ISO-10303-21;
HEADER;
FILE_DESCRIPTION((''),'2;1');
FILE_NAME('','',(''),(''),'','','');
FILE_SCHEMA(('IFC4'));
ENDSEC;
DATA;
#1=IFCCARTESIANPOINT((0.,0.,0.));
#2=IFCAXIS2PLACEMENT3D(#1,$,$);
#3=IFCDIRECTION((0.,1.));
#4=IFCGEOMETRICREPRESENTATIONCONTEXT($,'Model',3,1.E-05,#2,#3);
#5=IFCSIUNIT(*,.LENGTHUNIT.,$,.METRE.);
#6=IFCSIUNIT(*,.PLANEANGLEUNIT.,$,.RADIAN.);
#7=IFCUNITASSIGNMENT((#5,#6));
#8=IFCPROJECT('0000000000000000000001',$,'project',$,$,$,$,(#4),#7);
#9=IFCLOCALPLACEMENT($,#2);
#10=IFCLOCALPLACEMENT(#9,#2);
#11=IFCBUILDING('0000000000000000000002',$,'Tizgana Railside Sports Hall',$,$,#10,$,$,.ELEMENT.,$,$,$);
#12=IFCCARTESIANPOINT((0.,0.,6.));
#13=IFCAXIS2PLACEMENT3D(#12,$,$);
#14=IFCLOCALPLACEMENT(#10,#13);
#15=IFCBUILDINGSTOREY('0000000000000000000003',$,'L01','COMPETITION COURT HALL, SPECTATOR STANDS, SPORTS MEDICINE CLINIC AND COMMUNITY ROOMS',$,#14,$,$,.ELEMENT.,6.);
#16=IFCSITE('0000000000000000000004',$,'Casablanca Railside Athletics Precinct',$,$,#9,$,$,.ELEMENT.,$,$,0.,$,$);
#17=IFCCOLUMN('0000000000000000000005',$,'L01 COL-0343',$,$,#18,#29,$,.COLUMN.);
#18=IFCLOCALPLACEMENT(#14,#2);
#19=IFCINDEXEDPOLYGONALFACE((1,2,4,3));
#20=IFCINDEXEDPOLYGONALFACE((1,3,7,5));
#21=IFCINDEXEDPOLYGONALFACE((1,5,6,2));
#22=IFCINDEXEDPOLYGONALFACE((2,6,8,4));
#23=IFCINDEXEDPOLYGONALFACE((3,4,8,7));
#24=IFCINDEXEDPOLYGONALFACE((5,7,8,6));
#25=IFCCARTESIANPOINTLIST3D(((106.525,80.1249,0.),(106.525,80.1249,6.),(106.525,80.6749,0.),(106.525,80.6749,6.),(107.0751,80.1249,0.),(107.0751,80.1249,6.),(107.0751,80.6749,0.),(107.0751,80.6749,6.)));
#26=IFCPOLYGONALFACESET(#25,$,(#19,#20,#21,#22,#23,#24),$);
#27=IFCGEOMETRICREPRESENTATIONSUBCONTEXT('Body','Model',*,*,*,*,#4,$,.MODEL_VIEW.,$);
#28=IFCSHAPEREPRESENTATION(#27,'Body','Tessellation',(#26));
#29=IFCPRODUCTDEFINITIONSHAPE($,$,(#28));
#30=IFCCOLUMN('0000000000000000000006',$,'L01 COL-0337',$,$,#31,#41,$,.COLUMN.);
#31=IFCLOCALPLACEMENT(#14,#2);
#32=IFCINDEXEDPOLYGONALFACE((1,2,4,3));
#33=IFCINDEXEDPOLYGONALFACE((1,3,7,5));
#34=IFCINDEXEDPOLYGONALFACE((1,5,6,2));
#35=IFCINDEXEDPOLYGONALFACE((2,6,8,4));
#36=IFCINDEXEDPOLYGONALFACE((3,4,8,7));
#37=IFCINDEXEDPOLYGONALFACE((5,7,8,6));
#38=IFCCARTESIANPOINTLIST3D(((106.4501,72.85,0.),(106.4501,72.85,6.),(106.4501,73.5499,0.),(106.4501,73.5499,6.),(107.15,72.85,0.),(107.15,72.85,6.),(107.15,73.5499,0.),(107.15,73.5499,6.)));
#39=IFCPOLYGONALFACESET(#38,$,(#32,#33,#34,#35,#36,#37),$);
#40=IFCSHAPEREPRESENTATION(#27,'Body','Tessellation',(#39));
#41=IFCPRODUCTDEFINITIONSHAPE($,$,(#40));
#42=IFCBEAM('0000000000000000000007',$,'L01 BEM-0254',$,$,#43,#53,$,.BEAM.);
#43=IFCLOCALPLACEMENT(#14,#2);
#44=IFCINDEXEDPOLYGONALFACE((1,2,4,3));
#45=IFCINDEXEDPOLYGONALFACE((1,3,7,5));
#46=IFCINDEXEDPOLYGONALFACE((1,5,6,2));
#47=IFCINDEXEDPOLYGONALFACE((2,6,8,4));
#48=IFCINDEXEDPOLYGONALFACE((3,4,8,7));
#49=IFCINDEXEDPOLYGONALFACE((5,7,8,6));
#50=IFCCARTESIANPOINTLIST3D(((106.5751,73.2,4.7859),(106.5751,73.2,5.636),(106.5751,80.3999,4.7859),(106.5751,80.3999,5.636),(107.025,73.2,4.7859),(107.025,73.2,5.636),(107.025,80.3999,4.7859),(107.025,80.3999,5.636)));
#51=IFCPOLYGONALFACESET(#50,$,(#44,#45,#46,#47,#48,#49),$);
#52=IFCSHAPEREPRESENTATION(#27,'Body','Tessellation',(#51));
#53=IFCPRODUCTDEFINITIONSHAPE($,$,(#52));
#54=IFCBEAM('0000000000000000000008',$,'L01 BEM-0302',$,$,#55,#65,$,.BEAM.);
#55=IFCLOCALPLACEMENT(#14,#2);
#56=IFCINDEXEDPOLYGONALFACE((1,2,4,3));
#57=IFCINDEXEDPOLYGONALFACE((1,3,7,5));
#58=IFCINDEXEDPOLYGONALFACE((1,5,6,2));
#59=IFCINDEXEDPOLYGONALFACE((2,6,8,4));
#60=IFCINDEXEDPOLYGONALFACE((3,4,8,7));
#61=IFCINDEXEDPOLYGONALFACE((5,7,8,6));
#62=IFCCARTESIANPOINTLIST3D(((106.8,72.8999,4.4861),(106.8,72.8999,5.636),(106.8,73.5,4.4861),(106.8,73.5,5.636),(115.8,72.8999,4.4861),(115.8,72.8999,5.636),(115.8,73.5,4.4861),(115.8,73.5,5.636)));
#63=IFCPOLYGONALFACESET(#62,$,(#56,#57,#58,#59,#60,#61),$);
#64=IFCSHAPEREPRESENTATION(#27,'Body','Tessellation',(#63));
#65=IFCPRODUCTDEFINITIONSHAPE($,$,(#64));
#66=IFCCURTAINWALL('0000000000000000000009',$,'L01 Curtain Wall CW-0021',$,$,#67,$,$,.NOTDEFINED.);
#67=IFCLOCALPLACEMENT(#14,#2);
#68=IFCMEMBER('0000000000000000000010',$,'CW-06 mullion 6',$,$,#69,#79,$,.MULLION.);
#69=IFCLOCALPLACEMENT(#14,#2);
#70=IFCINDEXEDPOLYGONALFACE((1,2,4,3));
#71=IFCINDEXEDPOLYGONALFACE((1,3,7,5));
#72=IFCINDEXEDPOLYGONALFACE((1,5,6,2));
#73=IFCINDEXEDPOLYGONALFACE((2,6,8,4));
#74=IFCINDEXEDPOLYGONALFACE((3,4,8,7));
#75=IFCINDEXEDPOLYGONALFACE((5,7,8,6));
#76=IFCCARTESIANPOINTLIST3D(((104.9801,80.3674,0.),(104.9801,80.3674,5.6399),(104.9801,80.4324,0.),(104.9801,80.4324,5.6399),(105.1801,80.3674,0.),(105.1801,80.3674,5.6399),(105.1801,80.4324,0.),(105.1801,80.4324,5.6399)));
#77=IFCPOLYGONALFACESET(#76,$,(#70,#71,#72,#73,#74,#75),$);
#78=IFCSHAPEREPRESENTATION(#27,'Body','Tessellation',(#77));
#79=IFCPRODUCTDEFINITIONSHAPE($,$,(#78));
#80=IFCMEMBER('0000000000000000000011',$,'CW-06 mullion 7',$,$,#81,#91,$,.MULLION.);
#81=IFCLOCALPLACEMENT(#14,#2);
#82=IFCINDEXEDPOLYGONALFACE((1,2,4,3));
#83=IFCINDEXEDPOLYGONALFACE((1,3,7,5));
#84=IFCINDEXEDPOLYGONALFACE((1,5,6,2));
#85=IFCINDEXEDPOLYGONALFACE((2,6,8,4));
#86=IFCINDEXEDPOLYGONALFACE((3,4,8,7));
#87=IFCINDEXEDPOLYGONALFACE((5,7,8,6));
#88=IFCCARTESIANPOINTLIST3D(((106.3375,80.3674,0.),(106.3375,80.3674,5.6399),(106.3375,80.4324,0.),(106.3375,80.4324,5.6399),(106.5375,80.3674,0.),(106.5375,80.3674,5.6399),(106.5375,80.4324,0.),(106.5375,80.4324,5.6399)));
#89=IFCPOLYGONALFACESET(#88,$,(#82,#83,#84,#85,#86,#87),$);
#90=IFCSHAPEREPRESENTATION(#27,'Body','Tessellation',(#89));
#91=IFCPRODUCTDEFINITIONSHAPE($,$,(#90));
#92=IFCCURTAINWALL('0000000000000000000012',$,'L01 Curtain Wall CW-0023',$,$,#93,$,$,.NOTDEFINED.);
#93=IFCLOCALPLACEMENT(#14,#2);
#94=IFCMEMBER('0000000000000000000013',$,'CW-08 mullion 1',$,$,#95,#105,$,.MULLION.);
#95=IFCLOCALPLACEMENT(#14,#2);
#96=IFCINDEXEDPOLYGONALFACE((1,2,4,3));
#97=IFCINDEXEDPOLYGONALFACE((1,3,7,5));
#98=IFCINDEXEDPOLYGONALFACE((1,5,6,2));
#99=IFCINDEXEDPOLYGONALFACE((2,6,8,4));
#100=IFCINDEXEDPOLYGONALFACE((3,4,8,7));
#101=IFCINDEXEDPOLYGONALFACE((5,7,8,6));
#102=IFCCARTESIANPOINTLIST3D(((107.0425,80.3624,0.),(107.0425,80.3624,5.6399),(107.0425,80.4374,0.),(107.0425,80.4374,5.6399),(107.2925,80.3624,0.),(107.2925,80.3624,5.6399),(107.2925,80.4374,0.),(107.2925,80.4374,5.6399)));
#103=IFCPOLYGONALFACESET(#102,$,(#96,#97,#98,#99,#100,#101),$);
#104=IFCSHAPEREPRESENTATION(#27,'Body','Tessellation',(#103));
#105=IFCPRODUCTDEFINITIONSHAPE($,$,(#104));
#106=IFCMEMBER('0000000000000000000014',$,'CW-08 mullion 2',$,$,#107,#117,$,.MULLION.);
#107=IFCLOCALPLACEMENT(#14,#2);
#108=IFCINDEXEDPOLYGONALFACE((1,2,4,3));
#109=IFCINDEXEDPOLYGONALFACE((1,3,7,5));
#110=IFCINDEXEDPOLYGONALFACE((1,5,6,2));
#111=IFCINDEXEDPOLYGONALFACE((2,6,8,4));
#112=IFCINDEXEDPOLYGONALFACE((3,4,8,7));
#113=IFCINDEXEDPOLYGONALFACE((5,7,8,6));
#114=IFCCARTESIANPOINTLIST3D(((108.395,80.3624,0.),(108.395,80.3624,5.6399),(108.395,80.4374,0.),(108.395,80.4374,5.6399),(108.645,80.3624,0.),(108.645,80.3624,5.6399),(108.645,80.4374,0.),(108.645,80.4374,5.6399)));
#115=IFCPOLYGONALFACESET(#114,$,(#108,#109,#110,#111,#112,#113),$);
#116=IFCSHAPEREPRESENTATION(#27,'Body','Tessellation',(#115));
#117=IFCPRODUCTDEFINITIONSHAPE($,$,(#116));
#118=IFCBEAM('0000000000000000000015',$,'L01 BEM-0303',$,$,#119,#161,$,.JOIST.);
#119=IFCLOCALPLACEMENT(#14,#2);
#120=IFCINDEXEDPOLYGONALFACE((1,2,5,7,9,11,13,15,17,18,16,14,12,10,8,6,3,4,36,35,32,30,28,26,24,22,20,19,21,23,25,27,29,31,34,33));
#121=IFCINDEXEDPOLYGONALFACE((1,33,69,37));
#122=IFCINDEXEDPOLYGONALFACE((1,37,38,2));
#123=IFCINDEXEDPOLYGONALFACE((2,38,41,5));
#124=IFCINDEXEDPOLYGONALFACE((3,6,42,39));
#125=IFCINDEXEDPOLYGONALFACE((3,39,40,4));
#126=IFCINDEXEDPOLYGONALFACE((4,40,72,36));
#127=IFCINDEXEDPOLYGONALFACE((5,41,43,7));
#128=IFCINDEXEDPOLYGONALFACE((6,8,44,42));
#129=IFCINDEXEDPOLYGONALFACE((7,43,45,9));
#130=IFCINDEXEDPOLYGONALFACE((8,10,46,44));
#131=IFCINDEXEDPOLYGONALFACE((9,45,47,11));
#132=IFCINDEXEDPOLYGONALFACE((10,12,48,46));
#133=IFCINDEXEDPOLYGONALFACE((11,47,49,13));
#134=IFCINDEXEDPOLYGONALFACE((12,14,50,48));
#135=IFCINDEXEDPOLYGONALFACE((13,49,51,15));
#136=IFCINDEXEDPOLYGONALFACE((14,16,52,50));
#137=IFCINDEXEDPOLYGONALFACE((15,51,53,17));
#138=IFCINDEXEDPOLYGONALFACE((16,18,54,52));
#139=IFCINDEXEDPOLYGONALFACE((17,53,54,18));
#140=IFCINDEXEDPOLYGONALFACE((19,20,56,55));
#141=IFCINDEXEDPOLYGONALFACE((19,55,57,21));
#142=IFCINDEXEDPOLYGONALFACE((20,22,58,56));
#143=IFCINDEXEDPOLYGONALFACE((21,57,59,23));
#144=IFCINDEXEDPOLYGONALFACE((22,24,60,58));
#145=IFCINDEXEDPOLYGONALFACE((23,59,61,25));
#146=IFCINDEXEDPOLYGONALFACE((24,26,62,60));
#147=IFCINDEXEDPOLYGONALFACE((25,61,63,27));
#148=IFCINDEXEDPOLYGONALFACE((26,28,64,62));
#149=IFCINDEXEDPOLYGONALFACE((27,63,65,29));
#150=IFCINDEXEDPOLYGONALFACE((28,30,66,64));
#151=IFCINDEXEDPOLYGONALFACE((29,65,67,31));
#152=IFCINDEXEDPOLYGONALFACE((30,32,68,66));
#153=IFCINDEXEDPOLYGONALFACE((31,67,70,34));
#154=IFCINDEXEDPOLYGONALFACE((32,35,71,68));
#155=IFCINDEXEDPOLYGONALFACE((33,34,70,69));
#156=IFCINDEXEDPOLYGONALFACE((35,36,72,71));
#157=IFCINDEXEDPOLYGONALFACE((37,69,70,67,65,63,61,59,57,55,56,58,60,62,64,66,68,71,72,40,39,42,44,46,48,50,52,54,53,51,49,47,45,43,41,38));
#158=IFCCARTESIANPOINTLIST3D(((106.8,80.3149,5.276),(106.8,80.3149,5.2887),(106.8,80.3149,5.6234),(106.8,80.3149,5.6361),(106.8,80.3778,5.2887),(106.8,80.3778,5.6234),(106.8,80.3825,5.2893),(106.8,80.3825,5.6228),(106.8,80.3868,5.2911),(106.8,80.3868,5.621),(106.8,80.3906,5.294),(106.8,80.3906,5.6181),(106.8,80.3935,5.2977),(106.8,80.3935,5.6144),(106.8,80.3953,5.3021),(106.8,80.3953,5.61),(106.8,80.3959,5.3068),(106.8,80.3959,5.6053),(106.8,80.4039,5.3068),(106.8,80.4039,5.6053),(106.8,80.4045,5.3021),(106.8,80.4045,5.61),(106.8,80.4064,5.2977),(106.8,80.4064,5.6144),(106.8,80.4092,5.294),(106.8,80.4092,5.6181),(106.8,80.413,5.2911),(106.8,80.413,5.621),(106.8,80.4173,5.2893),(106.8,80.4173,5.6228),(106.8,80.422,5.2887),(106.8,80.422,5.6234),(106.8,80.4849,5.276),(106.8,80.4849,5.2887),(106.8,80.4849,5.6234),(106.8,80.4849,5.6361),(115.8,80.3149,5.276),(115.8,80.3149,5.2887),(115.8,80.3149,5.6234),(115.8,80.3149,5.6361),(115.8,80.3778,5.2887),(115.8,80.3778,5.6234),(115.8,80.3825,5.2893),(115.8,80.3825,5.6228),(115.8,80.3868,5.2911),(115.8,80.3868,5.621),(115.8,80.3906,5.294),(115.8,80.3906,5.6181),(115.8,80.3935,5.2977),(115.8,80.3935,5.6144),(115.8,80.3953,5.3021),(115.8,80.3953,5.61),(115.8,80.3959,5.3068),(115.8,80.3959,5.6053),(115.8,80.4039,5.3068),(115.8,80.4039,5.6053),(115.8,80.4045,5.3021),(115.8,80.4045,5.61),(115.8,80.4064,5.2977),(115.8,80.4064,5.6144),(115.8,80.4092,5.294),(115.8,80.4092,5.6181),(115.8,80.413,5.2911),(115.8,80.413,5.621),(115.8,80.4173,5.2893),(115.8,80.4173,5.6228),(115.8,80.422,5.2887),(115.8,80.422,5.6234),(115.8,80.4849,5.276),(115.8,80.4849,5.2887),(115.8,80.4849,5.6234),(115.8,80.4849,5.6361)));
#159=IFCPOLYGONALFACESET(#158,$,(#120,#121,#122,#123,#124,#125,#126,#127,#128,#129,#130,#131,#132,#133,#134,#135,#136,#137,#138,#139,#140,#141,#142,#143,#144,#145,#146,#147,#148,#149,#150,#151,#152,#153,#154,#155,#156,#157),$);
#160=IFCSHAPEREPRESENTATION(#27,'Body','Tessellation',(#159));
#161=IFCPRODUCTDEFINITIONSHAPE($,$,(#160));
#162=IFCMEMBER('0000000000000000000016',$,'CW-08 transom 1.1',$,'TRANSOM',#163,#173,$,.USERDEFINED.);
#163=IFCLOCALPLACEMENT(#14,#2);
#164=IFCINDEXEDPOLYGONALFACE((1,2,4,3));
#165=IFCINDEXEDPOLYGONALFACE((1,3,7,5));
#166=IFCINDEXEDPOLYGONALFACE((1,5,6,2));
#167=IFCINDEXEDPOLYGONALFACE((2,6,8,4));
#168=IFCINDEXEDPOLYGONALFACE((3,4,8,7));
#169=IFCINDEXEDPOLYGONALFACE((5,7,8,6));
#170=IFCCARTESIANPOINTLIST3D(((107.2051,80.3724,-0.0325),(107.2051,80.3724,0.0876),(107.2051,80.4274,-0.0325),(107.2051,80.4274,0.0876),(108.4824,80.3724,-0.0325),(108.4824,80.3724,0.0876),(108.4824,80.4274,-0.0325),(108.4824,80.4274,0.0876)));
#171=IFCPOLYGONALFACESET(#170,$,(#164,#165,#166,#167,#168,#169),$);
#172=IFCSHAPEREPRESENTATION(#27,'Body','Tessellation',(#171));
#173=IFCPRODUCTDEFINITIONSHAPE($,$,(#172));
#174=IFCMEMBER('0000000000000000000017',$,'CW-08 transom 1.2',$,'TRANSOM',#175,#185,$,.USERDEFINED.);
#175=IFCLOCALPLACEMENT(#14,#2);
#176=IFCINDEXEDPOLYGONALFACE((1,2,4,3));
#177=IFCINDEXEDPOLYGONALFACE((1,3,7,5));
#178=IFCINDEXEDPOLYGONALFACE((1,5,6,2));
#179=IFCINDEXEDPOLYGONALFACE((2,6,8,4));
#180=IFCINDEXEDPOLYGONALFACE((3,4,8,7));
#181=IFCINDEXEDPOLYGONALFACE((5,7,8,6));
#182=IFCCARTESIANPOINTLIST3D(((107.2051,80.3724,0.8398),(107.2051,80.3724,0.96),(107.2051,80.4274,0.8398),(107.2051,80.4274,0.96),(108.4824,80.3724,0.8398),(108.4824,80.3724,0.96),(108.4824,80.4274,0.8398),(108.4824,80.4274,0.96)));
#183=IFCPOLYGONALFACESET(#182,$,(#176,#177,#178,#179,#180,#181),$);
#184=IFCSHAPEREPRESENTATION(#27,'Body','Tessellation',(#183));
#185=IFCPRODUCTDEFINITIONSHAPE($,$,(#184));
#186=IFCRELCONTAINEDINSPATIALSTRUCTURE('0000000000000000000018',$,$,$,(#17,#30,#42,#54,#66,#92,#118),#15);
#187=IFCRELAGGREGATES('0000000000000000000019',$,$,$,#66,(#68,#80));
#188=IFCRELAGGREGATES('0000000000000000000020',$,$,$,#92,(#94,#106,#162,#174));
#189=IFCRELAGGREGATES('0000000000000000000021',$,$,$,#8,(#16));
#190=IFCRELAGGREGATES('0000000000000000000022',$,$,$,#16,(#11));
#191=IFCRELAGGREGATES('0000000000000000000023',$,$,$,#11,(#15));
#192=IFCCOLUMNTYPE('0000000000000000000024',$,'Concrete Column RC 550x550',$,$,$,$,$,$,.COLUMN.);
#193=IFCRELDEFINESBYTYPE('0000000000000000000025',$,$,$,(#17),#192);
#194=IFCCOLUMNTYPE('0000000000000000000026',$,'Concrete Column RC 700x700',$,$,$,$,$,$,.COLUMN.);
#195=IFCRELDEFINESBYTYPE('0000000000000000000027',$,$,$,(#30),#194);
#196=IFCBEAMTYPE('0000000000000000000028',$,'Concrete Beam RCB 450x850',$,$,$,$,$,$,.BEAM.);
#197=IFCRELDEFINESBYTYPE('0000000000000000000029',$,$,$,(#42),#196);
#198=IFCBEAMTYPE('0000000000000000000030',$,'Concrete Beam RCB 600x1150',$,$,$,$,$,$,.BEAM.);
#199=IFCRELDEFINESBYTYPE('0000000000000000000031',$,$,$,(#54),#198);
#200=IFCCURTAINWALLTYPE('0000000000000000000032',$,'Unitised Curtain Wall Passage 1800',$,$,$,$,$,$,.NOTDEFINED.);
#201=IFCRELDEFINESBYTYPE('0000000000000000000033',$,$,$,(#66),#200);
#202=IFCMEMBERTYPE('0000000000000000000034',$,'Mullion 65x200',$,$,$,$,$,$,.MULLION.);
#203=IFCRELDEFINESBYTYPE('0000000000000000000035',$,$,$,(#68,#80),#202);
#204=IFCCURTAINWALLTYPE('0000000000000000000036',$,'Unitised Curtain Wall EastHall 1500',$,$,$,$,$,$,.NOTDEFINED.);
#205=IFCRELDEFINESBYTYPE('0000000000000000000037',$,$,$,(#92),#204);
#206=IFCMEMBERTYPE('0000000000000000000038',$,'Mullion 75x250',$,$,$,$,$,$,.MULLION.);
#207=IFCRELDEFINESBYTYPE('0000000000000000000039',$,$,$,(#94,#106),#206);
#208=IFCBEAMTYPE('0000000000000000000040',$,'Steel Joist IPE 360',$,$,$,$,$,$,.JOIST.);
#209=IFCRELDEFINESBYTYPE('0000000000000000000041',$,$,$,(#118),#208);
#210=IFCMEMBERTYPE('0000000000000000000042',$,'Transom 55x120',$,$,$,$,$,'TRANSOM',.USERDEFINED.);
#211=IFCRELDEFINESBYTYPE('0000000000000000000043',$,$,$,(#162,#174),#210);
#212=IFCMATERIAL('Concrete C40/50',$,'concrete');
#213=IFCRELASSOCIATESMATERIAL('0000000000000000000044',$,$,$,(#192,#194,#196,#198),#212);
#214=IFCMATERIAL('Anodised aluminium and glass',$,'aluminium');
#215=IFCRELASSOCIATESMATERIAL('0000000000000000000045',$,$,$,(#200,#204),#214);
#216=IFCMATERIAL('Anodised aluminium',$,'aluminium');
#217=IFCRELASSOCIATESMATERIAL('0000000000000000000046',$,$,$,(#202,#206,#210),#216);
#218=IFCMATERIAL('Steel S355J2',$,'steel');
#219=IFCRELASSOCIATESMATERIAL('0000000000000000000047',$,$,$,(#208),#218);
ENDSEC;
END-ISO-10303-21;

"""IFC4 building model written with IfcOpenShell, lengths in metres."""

from ifc_helpers import new_model, si_unit, direction, frame, origin, origin_2d, place, context, subcontext, project, spatial, rectangle, i_section, extrude, material, material_profile, profile_set, type_object, element, aggregate, save


model = new_model("IFC4")

# Units and contexts
model_context = context("Model", 3, precision=1e-05, world=origin(), true_north=direction((0.0, 1.0)))
body_context = subcontext(model_context, "Body", "Model", "MODEL_VIEW")
ifc_project = project(units=[si_unit("LENGTHUNIT", "METRE"), si_unit("PLANEANGLEUNIT", "RADIAN")], contexts=[model_context])

# Site, building, storey
site_placement = place(None, origin())
site = spatial("IfcSite", under=ifc_project, at=site_placement, Name="Casablanca Railside Athletics Precinct", CompositionType="ELEMENT", RefElevation=0.0)
building_placement = place(site_placement, origin())
building = spatial("IfcBuilding", under=site, at=building_placement, Name="Tizgana Railside Sports Hall", CompositionType="ELEMENT")
storey_placement = place(building_placement, frame((0.0, 0.0, 6.0)))
storey = spatial("IfcBuildingStorey", under=building, at=storey_placement, Name="L01", Description="COMPETITION COURT HALL, SPECTATOR STANDS, SPORTS MEDICINE CLINIC AND COMMUNITY ROOMS", CompositionType="ELEMENT", Elevation=6.0)

# Columns
ifc_material_1 = material(Name="Concrete C40/50", Category="concrete")
ifc_material_profile_1 = material_profile(ifc_material_1, rectangle(XDim=0.55, YDim=0.55, at=origin_2d()), Name="RC 550x550")
ifc_profile_set_1 = profile_set([ifc_material_profile_1], Name="Concrete C40/50")
column_type_1 = type_object("IfcColumnType", Name="Concrete Column RC 550x550", PredefinedType="COLUMN", material=ifc_profile_set_1)
column_1_placement = place(storey_placement, frame((106.8, 80.3999, 0.0), z_axis=(0.0, 0.0, 1.0), x_axis=(1.0, 0.0, 0.0)))
element("IfcColumn", 1, at=column_1_placement, inside=storey, type_object=column_type_1, Name="L01 COL-0343", PredefinedType="COLUMN", context=body_context, shape_type="SweptSolid", body=[
    extrude(rectangle(XDim=0.55, YDim=0.55, at=origin_2d()), origin(), (0.0, 0.0, 1.0), 6.0),
])
ifc_material_profile_2 = material_profile(ifc_material_1, rectangle(XDim=0.7, YDim=0.7, at=origin_2d()), Name="RC 700x700")
ifc_profile_set_2 = profile_set([ifc_material_profile_2], Name="Concrete C40/50")
column_type_2 = type_object("IfcColumnType", Name="Concrete Column RC 700x700", PredefinedType="COLUMN", material=ifc_profile_set_2)
column_2_placement = place(storey_placement, frame((106.8, 73.2, 0.0), z_axis=(0.0, 0.0, 1.0), x_axis=(1.0, 0.0, 0.0)))
element("IfcColumn", 2, at=column_2_placement, inside=storey, type_object=column_type_2, Name="L01 COL-0337", PredefinedType="COLUMN", context=body_context, shape_type="SweptSolid", body=[
    extrude(rectangle(XDim=0.7, YDim=0.7, at=origin_2d()), origin(), (0.0, 0.0, 1.0), 6.0),
])

# Beams
ifc_material_profile_3 = material_profile(ifc_material_1, rectangle(XDim=0.45, YDim=0.8501, at=origin_2d()), Name="RCB 450x850")
ifc_profile_set_3 = profile_set([ifc_material_profile_3], Name="Concrete C40/50")
beam_type_1 = type_object("IfcBeamType", Name="Concrete Beam RCB 450x850", PredefinedType="BEAM", material=ifc_profile_set_3)
beam_1_placement = place(storey_placement, frame((106.8, 73.2, 5.2109), z_axis=(0.0, 1.0, 0.0), x_axis=(-1.0, 0.0, 0.0)))
element("IfcBeam", 3, at=beam_1_placement, inside=storey, type_object=beam_type_1, Name="L01 BEM-0254", PredefinedType="BEAM", context=body_context, shape_type="SweptSolid", body=[
    extrude(rectangle(XDim=0.45, YDim=0.8501, at=origin_2d()), origin(), (0.0, 0.0, 1.0), 7.2),
])
ifc_material_profile_4 = material_profile(ifc_material_1, rectangle(XDim=0.6001, YDim=1.1499, at=origin_2d()), Name="RCB 600x1150")
ifc_profile_set_4 = profile_set([ifc_material_profile_4], Name="Concrete C40/50")
beam_type_2 = type_object("IfcBeamType", Name="Concrete Beam RCB 600x1150", PredefinedType="BEAM", material=ifc_profile_set_4)
beam_2_placement = place(storey_placement, frame((106.8, 73.2, 5.061), z_axis=(1.0, 0.0, 0.0), x_axis=(0.0, 1.0, 0.0)))
element("IfcBeam", 4, at=beam_2_placement, inside=storey, type_object=beam_type_2, Name="L01 BEM-0302", PredefinedType="BEAM", context=body_context, shape_type="SweptSolid", body=[
    extrude(rectangle(XDim=0.6001, YDim=1.1499, at=origin_2d()), origin(), (0.0, 0.0, 1.0), 9.0),
])

# Curtain walls, members
ifc_material_2 = material(Name="Anodised aluminium and glass", Category="aluminium")
curtain_wall_type_1 = type_object("IfcCurtainWallType", Name="Unitised Curtain Wall Passage 1800", PredefinedType="NOTDEFINED", material=ifc_material_2)
curtain_wall_1_placement = place(storey_placement, origin())
curtain_wall_1 = element("IfcCurtainWall", 5, at=curtain_wall_1_placement, inside=storey, type_object=curtain_wall_type_1, Name="L01 Curtain Wall CW-0021", PredefinedType="NOTDEFINED")
ifc_material_3 = material(Name="Anodised aluminium", Category="aluminium")
ifc_material_profile_5 = material_profile(ifc_material_3, rectangle(XDim=0.0649, YDim=0.2, at=origin_2d()), Name="Mullion 65x200")
ifc_profile_set_5 = profile_set([ifc_material_profile_5], Name="Anodised aluminium")
member_type_1 = type_object("IfcMemberType", Name="Mullion 65x200", PredefinedType="MULLION", material=ifc_profile_set_5)
member_1_placement = place(storey_placement, frame((105.0801, 80.3999, 0.0), z_axis=(0.0, 0.0, 1.0), x_axis=(0.0, 1.0, 0.0)))
member_1 = element("IfcMember", 6, at=member_1_placement, type_object=member_type_1, Name="CW-06 mullion 6", PredefinedType="MULLION", context=body_context, shape_type="SweptSolid", body=[
    extrude(rectangle(XDim=0.0649, YDim=0.2, at=origin_2d()), origin(), (0.0, 0.0, 1.0), 5.6399),
])
member_2_placement = place(storey_placement, frame((106.4375, 80.3999, 0.0), z_axis=(0.0, 0.0, 1.0), x_axis=(0.0, 1.0, 0.0)))
member_2 = element("IfcMember", 7, at=member_2_placement, type_object=member_type_1, Name="CW-06 mullion 7", PredefinedType="MULLION", context=body_context, shape_type="SweptSolid", body=[
    extrude(rectangle(XDim=0.0649, YDim=0.2, at=origin_2d()), origin(), (0.0, 0.0, 1.0), 5.6399),
])
curtain_wall_type_2 = type_object("IfcCurtainWallType", Name="Unitised Curtain Wall EastHall 1500", PredefinedType="NOTDEFINED", material=ifc_material_2)
curtain_wall_2_placement = place(storey_placement, origin())
curtain_wall_2 = element("IfcCurtainWall", 8, at=curtain_wall_2_placement, inside=storey, type_object=curtain_wall_type_2, Name="L01 Curtain Wall CW-0023", PredefinedType="NOTDEFINED")
ifc_material_profile_6 = material_profile(ifc_material_3, rectangle(XDim=0.075, YDim=0.25, at=origin_2d()), Name="Mullion 75x250")
ifc_profile_set_6 = profile_set([ifc_material_profile_6], Name="Anodised aluminium")
member_type_2 = type_object("IfcMemberType", Name="Mullion 75x250", PredefinedType="MULLION", material=ifc_profile_set_6)
member_3_placement = place(storey_placement, frame((107.1675, 80.3999, 0.0), z_axis=(0.0, 0.0, 1.0), x_axis=(0.0, 1.0, 0.0)))
member_3 = element("IfcMember", 9, at=member_3_placement, type_object=member_type_2, Name="CW-08 mullion 1", PredefinedType="MULLION", context=body_context, shape_type="SweptSolid", body=[
    extrude(rectangle(XDim=0.075, YDim=0.25, at=origin_2d()), origin(), (0.0, 0.0, 1.0), 5.6399),
])
member_4_placement = place(storey_placement, frame((108.52, 80.3999, 0.0), z_axis=(0.0, 0.0, 1.0), x_axis=(0.0, 1.0, 0.0)))
member_4 = element("IfcMember", 10, at=member_4_placement, type_object=member_type_2, Name="CW-08 mullion 2", PredefinedType="MULLION", context=body_context, shape_type="SweptSolid", body=[
    extrude(rectangle(XDim=0.075, YDim=0.25, at=origin_2d()), origin(), (0.0, 0.0, 1.0), 5.6399),
])

# Beam
ifc_material_4 = material(Name="Steel S355J2", Category="steel")
ifc_material_profile_7 = material_profile(ifc_material_4, i_section(OverallWidth=0.1699, OverallDepth=0.3601, WebThickness=0.0081, FlangeThickness=0.0127, FilletRadius=0.0181, at=origin_2d()), Name="IPE 360")
ifc_profile_set_7 = profile_set([ifc_material_profile_7], Name="Steel S355J2")
beam_type_3 = type_object("IfcBeamType", Name="Steel Joist IPE 360", PredefinedType="JOIST", material=ifc_profile_set_7)
beam_3_placement = place(storey_placement, frame((106.8, 80.3999, 5.4561), z_axis=(1.0, 0.0, 0.0), x_axis=(0.0, 1.0, 0.0)))
element("IfcBeam", 11, at=beam_3_placement, inside=storey, type_object=beam_type_3, Name="L01 BEM-0303", PredefinedType="JOIST", context=body_context, shape_type="SweptSolid", body=[
    extrude(i_section(OverallWidth=0.1699, OverallDepth=0.3601, WebThickness=0.0081, FlangeThickness=0.0127, FilletRadius=0.0181, at=origin_2d()), origin(), (0.0, 0.0, 1.0), 9.0),
])

# Members
ifc_material_profile_8 = material_profile(ifc_material_3, rectangle(XDim=0.0549, YDim=0.1201, at=origin_2d()), Name="Transom 55x120")
ifc_profile_set_8 = profile_set([ifc_material_profile_8], Name="Anodised aluminium")
member_type_3 = type_object("IfcMemberType", Name="Transom 55x120", ElementType="TRANSOM", PredefinedType="USERDEFINED", material=ifc_profile_set_8)
member_5_placement = place(storey_placement, frame((107.2051, 80.3999, 0.0276), z_axis=(1.0, 0.0, 0.0), x_axis=(0.0, 1.0, 0.0)))
member_5 = element("IfcMember", 12, at=member_5_placement, type_object=member_type_3, Name="CW-08 transom 1.1", ObjectType="TRANSOM", PredefinedType="USERDEFINED", context=body_context, shape_type="SweptSolid", body=[
    extrude(rectangle(XDim=0.0549, YDim=0.1201, at=origin_2d()), origin(), (0.0, 0.0, 1.0), 1.2773),
])
member_6_placement = place(storey_placement, frame((107.2051, 80.3999, 0.8999), z_axis=(1.0, 0.0, 0.0), x_axis=(0.0, 1.0, 0.0)))
member_6 = element("IfcMember", 13, at=member_6_placement, type_object=member_type_3, Name="CW-08 transom 1.2", ObjectType="TRANSOM", PredefinedType="USERDEFINED", context=body_context, shape_type="SweptSolid", body=[
    extrude(rectangle(XDim=0.0549, YDim=0.1201, at=origin_2d()), origin(), (0.0, 0.0, 1.0), 1.2773),
])

aggregate(curtain_wall_1, [member_1, member_2])
aggregate(curtain_wall_2, [member_3, member_4, member_5, member_6])

save(model, "model.ifc")
